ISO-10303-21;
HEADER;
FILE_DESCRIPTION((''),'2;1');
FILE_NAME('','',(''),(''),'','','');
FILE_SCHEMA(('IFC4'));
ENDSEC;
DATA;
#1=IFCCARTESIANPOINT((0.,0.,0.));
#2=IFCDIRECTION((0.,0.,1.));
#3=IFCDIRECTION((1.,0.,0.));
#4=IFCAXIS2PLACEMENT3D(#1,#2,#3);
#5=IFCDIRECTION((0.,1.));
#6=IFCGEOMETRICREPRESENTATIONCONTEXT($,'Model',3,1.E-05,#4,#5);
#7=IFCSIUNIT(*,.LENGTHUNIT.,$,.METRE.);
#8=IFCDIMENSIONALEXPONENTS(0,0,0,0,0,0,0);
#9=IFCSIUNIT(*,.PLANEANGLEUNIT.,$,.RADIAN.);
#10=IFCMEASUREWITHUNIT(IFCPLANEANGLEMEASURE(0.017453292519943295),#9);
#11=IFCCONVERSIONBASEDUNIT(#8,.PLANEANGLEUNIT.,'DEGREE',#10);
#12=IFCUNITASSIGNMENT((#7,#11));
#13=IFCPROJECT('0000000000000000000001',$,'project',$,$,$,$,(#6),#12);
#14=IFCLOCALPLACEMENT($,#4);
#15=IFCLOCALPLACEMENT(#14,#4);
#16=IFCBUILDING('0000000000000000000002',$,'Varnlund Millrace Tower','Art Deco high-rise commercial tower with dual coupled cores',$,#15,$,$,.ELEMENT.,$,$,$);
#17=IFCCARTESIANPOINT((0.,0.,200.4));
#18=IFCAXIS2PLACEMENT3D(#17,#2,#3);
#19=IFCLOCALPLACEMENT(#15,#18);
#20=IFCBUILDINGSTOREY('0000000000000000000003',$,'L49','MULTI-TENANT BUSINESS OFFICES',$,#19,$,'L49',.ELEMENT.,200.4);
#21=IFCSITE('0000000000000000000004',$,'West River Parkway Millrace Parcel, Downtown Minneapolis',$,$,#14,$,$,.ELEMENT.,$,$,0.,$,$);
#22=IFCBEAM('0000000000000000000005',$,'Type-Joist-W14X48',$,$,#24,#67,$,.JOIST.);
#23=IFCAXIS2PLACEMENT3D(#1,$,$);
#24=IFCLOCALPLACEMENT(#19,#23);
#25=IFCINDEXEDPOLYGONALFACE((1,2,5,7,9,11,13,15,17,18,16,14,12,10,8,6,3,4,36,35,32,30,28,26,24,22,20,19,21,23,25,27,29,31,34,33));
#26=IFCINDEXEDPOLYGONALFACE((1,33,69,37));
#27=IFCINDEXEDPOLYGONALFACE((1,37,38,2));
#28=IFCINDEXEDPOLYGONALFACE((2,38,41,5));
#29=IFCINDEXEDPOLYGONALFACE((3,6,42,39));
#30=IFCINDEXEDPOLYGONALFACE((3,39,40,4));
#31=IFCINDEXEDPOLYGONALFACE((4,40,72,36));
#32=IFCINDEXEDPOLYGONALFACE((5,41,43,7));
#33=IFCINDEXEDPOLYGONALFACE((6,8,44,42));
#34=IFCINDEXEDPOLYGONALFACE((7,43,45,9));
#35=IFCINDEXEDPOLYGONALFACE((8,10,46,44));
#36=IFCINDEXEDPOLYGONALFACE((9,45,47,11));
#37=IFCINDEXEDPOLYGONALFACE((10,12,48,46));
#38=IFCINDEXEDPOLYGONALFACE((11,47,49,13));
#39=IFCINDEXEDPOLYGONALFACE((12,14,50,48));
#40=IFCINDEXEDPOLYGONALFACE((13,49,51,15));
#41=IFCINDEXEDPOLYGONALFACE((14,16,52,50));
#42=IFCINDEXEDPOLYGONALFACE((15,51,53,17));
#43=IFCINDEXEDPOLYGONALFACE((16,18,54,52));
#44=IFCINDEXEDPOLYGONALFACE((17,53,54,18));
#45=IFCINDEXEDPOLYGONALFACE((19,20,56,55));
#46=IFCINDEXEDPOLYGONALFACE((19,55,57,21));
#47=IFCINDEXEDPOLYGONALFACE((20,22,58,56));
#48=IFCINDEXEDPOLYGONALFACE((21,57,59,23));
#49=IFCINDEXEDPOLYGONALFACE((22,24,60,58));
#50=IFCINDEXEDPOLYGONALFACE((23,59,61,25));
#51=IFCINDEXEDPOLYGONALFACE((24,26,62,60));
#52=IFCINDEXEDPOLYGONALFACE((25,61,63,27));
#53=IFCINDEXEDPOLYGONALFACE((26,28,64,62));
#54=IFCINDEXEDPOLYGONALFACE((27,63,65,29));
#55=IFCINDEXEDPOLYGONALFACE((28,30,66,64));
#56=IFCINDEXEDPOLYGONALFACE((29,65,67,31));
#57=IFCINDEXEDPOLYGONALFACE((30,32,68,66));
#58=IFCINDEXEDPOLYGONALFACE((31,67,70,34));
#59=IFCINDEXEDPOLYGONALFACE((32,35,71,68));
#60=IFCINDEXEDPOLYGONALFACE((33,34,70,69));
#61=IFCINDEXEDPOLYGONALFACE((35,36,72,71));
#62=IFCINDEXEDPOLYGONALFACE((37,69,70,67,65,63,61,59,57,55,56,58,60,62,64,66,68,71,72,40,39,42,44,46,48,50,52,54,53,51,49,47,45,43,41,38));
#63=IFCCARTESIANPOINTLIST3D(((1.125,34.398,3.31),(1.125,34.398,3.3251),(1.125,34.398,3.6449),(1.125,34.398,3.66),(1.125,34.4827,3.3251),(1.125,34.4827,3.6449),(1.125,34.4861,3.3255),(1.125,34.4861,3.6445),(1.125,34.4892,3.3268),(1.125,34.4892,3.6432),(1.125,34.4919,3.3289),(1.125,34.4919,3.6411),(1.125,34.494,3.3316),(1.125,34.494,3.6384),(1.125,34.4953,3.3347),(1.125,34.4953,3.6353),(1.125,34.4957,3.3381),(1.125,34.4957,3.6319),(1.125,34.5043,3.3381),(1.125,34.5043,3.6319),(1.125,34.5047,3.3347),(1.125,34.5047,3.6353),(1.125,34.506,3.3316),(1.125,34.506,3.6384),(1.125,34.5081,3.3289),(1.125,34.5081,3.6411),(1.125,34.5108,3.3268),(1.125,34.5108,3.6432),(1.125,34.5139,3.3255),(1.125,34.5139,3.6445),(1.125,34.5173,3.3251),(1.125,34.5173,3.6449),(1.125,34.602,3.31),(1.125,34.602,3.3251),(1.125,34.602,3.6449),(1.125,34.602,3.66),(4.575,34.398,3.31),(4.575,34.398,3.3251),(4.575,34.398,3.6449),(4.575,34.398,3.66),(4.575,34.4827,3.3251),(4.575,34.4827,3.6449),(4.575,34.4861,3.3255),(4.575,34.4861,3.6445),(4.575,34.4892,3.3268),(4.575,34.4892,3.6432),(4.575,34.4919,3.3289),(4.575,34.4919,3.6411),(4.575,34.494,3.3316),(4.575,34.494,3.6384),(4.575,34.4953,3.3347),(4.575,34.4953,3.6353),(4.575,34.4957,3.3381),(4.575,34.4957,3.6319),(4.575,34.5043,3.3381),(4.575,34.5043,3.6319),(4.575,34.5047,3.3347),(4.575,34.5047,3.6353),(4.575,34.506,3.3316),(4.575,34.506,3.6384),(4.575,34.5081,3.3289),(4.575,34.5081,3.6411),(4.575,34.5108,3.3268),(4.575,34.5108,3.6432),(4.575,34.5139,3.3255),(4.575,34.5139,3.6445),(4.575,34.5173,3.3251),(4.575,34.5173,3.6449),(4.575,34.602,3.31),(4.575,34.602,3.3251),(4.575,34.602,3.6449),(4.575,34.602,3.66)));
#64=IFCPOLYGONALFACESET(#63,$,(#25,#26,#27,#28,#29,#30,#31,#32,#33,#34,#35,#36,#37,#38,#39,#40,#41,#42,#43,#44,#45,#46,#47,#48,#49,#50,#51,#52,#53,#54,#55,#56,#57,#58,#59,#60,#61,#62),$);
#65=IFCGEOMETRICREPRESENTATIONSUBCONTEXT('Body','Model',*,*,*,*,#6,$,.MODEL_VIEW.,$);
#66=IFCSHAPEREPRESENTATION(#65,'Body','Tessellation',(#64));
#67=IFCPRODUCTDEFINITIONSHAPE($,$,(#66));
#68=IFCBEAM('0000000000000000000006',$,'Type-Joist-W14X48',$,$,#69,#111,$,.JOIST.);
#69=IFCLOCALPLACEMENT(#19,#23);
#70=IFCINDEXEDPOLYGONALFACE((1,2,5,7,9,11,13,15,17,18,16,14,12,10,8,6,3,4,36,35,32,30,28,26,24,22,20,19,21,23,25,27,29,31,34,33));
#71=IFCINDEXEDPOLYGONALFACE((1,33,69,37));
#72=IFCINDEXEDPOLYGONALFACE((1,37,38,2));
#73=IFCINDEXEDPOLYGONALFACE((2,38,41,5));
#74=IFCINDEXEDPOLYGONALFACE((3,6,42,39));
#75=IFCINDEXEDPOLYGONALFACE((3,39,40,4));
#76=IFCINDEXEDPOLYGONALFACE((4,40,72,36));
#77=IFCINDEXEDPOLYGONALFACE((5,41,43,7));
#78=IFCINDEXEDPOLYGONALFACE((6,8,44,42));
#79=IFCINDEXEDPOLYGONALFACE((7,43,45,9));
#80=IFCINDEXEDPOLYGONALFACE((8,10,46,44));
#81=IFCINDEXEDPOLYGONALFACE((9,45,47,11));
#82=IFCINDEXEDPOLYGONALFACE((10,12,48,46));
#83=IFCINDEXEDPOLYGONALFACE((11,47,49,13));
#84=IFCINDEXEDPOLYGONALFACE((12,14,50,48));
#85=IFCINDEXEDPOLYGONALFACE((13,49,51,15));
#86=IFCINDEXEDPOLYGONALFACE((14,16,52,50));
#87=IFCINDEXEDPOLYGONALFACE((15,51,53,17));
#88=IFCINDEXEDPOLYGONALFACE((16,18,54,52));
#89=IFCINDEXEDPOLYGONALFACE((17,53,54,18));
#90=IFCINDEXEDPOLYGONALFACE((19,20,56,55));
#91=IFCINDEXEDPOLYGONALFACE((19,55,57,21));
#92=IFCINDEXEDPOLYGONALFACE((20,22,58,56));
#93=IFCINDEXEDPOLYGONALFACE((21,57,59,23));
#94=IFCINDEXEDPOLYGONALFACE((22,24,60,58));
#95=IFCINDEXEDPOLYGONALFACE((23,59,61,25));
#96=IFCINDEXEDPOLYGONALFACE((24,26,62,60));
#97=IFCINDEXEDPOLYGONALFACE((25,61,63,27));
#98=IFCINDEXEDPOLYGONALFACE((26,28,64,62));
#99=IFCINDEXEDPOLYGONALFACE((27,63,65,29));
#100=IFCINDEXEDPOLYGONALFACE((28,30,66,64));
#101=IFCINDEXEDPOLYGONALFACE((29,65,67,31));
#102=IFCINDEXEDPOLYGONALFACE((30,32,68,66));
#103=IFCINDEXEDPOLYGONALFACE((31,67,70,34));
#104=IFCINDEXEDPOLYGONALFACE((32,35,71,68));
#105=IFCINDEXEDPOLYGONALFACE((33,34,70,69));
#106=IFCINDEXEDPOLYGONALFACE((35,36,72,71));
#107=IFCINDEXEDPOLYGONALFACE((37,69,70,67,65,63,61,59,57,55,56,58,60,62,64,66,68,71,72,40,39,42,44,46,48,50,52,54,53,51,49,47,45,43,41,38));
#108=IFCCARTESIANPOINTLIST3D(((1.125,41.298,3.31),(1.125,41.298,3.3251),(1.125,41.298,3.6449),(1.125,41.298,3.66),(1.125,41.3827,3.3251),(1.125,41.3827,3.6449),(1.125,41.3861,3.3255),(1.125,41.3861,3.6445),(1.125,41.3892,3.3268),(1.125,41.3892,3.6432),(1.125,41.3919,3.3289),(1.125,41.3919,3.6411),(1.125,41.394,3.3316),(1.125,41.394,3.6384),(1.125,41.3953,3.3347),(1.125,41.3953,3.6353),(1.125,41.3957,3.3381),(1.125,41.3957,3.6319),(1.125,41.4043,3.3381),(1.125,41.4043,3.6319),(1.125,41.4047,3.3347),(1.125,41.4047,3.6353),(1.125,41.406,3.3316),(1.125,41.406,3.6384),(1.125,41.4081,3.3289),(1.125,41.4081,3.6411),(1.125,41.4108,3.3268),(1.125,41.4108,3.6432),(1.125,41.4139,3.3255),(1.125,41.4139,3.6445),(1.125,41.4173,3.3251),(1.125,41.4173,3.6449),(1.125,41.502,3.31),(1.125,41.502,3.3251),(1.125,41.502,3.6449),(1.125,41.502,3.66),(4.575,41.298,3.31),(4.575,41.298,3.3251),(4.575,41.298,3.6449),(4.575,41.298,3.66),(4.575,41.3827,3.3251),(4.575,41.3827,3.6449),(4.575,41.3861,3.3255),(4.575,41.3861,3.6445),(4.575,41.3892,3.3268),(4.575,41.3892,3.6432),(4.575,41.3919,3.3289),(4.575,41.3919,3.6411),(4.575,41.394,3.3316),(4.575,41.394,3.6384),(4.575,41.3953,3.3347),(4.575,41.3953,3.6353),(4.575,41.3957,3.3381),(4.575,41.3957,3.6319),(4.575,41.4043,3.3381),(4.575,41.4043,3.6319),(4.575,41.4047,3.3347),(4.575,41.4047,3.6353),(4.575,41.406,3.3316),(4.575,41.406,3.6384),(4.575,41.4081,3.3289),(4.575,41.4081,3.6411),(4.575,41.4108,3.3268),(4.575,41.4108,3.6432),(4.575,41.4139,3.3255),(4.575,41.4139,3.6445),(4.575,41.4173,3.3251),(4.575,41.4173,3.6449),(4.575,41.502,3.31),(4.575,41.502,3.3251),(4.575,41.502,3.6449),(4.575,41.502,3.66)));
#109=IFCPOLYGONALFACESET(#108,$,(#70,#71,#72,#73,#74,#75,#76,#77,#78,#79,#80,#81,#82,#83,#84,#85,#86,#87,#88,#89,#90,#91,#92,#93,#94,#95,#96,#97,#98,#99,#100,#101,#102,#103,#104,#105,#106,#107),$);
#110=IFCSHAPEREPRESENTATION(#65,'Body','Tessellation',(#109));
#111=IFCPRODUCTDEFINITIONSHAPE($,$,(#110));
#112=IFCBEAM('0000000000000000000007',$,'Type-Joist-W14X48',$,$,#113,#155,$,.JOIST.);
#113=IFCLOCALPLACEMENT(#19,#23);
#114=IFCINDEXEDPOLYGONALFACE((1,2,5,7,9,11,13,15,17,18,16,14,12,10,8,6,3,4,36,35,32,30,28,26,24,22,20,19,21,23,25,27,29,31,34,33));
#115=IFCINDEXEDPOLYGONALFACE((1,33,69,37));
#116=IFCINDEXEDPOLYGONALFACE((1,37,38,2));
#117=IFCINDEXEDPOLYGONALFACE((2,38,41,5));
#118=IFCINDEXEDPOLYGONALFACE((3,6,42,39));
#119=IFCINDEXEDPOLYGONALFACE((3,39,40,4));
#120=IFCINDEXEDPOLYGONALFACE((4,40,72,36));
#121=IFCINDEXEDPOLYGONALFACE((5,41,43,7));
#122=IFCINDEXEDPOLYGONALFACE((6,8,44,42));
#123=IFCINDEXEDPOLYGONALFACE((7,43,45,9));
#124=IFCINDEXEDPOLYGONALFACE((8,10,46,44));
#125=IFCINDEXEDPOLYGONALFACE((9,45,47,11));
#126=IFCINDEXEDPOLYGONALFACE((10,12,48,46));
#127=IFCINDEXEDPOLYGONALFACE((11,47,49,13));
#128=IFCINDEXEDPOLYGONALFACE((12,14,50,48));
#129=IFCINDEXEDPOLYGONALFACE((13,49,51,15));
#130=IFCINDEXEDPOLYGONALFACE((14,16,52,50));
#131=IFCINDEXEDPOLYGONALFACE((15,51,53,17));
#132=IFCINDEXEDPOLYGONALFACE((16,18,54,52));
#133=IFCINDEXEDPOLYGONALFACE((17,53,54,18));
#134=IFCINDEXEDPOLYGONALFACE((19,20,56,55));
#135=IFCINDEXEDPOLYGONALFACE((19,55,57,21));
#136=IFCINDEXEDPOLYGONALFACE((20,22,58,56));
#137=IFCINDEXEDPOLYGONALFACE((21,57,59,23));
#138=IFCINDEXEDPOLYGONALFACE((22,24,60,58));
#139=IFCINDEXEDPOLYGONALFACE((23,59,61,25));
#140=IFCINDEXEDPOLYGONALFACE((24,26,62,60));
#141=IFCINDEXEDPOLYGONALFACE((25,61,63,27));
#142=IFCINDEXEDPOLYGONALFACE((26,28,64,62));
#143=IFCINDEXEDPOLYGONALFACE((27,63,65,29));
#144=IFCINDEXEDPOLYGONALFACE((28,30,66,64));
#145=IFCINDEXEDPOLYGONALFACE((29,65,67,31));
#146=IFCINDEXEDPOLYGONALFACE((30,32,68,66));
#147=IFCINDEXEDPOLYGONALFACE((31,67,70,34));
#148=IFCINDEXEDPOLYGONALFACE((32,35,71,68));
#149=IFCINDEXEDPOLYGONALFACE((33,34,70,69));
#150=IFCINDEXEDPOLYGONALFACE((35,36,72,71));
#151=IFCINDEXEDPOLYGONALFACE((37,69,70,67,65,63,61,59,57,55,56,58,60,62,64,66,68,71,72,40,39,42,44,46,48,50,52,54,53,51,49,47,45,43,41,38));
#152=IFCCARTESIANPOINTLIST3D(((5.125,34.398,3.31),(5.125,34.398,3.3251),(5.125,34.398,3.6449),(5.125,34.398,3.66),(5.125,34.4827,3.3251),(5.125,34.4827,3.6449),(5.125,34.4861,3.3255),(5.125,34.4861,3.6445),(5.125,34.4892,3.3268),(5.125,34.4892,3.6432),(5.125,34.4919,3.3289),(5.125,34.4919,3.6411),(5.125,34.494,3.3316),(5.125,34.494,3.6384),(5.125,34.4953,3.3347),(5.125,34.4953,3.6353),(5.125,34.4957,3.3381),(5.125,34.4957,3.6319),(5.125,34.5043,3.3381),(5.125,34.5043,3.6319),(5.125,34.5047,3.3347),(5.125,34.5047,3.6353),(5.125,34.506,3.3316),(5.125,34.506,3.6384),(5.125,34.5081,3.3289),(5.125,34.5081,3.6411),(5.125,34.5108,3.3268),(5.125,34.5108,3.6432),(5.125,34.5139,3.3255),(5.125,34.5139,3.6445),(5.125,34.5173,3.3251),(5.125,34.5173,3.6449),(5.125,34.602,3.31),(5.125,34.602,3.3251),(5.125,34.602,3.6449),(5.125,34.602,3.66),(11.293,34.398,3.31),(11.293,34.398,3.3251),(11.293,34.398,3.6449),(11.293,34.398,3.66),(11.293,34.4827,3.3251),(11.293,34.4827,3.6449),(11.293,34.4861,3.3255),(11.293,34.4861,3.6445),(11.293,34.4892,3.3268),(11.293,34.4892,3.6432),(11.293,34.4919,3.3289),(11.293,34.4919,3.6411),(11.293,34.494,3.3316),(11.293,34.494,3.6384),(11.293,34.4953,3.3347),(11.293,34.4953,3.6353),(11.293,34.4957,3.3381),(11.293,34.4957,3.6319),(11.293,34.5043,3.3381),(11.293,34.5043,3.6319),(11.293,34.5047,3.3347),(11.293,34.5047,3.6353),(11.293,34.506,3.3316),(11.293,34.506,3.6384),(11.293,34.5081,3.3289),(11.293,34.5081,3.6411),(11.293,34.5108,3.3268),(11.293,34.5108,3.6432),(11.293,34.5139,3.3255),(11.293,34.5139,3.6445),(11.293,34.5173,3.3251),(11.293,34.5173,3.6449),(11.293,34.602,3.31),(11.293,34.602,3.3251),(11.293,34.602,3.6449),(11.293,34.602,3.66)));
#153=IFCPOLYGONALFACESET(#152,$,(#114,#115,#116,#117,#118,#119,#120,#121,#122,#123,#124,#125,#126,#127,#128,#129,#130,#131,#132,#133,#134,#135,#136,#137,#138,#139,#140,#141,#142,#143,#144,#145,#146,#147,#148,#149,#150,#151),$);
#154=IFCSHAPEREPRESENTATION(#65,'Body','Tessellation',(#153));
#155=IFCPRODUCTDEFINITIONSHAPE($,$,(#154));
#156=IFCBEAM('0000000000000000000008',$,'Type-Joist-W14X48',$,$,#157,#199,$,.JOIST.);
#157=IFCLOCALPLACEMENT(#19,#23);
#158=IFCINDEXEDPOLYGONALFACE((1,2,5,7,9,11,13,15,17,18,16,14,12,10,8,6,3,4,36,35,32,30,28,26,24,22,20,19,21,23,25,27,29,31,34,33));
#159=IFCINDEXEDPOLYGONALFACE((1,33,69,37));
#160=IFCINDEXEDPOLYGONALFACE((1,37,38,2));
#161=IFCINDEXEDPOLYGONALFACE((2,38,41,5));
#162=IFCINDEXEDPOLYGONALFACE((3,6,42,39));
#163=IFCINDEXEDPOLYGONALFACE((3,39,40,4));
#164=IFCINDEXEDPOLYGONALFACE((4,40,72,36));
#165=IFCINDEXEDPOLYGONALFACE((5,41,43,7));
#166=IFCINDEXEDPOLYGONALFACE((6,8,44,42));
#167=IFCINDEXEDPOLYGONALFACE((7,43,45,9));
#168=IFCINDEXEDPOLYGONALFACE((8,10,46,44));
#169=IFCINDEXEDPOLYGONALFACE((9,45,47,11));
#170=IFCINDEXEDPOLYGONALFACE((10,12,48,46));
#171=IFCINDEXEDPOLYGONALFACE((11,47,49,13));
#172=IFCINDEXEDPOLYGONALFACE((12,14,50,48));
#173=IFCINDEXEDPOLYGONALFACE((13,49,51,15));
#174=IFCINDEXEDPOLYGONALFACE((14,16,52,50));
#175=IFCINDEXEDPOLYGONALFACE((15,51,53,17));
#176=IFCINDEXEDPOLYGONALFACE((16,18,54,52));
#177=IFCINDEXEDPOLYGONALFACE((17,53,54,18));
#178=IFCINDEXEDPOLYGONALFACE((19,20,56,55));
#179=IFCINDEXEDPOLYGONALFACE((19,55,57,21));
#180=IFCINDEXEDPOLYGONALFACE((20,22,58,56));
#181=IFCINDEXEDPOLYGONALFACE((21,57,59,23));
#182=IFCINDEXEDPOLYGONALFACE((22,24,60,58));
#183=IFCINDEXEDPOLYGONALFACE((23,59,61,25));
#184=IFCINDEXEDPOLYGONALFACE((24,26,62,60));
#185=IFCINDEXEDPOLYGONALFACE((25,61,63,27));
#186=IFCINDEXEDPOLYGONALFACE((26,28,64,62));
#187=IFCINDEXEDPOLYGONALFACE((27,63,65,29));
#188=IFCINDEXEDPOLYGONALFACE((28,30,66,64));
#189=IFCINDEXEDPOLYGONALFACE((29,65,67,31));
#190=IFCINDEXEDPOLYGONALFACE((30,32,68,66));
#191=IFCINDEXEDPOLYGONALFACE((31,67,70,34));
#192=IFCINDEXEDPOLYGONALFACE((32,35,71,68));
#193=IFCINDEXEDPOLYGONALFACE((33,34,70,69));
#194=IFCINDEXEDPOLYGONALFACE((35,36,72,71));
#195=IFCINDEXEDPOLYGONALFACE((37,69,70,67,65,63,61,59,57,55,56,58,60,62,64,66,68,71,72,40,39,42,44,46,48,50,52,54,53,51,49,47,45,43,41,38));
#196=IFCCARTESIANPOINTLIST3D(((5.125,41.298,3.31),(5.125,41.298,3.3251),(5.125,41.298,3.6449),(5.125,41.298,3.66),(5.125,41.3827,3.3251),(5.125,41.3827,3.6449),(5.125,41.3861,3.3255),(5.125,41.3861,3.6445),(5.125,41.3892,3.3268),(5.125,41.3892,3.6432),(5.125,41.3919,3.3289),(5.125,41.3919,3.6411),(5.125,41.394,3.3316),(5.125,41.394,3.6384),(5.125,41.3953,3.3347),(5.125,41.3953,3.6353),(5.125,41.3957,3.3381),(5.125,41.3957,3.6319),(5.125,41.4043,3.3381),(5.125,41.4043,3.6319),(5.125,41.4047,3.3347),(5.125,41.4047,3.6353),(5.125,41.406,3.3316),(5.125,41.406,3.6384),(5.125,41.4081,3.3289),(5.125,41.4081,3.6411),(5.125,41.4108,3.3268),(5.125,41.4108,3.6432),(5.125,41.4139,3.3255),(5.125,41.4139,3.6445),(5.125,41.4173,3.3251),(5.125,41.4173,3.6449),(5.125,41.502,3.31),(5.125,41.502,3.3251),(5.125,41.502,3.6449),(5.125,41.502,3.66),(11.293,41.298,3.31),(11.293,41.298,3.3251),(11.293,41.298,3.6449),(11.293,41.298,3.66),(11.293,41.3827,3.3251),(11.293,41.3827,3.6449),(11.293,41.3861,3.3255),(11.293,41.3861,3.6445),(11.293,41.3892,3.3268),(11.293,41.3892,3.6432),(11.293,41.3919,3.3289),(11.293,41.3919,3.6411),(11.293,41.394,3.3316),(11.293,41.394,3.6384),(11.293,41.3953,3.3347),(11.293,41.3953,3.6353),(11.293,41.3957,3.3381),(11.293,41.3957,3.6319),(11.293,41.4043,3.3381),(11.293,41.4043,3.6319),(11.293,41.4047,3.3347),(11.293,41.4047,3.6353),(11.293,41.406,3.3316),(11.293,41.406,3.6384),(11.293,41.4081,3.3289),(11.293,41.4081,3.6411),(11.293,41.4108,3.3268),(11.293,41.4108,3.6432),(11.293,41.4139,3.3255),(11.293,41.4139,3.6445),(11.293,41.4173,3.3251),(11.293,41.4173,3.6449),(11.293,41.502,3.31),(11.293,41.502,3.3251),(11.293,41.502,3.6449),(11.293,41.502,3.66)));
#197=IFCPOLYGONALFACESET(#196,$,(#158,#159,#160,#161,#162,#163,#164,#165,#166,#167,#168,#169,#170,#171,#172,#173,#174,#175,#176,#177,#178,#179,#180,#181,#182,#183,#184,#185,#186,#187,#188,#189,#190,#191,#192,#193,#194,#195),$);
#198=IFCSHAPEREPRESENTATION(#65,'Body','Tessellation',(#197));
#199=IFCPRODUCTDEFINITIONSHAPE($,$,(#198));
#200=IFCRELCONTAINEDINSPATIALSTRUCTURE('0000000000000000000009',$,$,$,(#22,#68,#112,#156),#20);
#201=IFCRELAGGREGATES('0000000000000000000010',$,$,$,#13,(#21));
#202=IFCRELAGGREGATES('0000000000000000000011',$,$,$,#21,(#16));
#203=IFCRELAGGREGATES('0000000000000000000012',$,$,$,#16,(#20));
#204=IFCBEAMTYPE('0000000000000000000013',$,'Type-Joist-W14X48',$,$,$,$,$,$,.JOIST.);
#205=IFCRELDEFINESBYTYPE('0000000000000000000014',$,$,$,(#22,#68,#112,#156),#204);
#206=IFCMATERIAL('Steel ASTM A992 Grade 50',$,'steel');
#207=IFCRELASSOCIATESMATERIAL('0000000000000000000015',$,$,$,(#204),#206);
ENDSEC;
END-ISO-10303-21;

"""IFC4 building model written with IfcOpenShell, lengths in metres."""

from ifc_helpers import new_model, entity, si_unit, converted_unit, direction, frame, origin_with_axes, origin_2d_with_axis, place, context, subcontext, project, spatial, i_section, extrude, material, material_profile, profile_set, type_object, element, save


model = new_model("IFC4")

# Units and contexts
model_context = context("Model", 3, precision=1e-05, world=origin_with_axes(), true_north=direction((0.0, 1.0)))
body_context = subcontext(model_context, "Body", "Model", "MODEL_VIEW")
ifc_project = project(units=[si_unit("LENGTHUNIT", "METRE"), converted_unit("PLANEANGLEUNIT", "DEGREE", entity("IfcPlaneAngleMeasure", 0.017453292519943295), si_unit("PLANEANGLEUNIT", "RADIAN"), dimensions=[0, 0, 0, 0, 0, 0, 0])], contexts=[model_context])

# Site, building, storey
site_placement = place(None, origin_with_axes())
site = spatial("IfcSite", under=ifc_project, at=site_placement, Name="West River Parkway Millrace Parcel, Downtown Minneapolis", CompositionType="ELEMENT", RefElevation=0.0)
building_placement = place(site_placement, origin_with_axes())
building = spatial("IfcBuilding", under=site, at=building_placement, Name="Varnlund Millrace Tower", Description="Art Deco high-rise commercial tower with dual coupled cores", CompositionType="ELEMENT")
storey_placement = place(building_placement, frame((0.0, 0.0, 200.4), z_axis=(0.0, 0.0, 1.0), x_axis=(1.0, 0.0, 0.0)))
storey = spatial("IfcBuildingStorey", under=building, at=storey_placement, Name="L49", Description="MULTI-TENANT BUSINESS OFFICES", LongName="L49", CompositionType="ELEMENT", Elevation=200.4)

# Beams
ifc_material_1 = material(Name="Steel ASTM A992 Grade 50", Category="steel")
ifc_material_profile_1 = material_profile(ifc_material_1, i_section(OverallWidth=0.204, OverallDepth=0.35, WebThickness=0.0086, FlangeThickness=0.0151, FilletRadius=0.013, at=origin_2d_with_axis()), Name="Steel ASTM A992 Grade 50")
ifc_profile_set_1 = profile_set([ifc_material_profile_1], Name="Steel ASTM A992 Grade 50")
beam_type_1 = type_object("IfcBeamType", Name="Type-Joist-W14X48", PredefinedType="JOIST", material=ifc_profile_set_1)
for number, where, z_axis, x_axis, name in (
    (1, (1.125, 34.5, 3.485), (1.0, 0.0, 0.0), (0.0, 1.0, 0.0), "Type-Joist-W14X48"),
    (2, (1.125, 41.4, 3.485), (1.0, 0.0, 0.0), (0.0, 1.0, 0.0), "Type-Joist-W14X48"),
):
    element("IfcBeam", number, at=place(storey_placement, frame(where, z_axis=z_axis, x_axis=x_axis)), inside=storey, type_object=beam_type_1, Name=name, PredefinedType="JOIST", context=body_context, shape_type="SweptSolid", body=[
        extrude(i_section(OverallWidth=0.204, OverallDepth=0.35, WebThickness=0.0086, FlangeThickness=0.0151, FilletRadius=0.013, at=origin_2d_with_axis()), origin_with_axes(), (0.0, 0.0, 1.0), 3.45),
    ])
for number, where, z_axis, x_axis, name in (
    (3, (5.125, 34.5, 3.485), (1.0, 0.0, 0.0), (0.0, 1.0, 0.0), "Type-Joist-W14X48"),
    (4, (5.125, 41.4, 3.485), (1.0, 0.0, 0.0), (0.0, 1.0, 0.0), "Type-Joist-W14X48"),
):
    element("IfcBeam", number, at=place(storey_placement, frame(where, z_axis=z_axis, x_axis=x_axis)), inside=storey, type_object=beam_type_1, Name=name, PredefinedType="JOIST", context=body_context, shape_type="SweptSolid", body=[
        extrude(i_section(OverallWidth=0.204, OverallDepth=0.35, WebThickness=0.0086, FlangeThickness=0.0151, FilletRadius=0.013, at=origin_2d_with_axis()), origin_with_axes(), (0.0, 0.0, 1.0), 6.168),
    ])

save(model, "model.ifc")
